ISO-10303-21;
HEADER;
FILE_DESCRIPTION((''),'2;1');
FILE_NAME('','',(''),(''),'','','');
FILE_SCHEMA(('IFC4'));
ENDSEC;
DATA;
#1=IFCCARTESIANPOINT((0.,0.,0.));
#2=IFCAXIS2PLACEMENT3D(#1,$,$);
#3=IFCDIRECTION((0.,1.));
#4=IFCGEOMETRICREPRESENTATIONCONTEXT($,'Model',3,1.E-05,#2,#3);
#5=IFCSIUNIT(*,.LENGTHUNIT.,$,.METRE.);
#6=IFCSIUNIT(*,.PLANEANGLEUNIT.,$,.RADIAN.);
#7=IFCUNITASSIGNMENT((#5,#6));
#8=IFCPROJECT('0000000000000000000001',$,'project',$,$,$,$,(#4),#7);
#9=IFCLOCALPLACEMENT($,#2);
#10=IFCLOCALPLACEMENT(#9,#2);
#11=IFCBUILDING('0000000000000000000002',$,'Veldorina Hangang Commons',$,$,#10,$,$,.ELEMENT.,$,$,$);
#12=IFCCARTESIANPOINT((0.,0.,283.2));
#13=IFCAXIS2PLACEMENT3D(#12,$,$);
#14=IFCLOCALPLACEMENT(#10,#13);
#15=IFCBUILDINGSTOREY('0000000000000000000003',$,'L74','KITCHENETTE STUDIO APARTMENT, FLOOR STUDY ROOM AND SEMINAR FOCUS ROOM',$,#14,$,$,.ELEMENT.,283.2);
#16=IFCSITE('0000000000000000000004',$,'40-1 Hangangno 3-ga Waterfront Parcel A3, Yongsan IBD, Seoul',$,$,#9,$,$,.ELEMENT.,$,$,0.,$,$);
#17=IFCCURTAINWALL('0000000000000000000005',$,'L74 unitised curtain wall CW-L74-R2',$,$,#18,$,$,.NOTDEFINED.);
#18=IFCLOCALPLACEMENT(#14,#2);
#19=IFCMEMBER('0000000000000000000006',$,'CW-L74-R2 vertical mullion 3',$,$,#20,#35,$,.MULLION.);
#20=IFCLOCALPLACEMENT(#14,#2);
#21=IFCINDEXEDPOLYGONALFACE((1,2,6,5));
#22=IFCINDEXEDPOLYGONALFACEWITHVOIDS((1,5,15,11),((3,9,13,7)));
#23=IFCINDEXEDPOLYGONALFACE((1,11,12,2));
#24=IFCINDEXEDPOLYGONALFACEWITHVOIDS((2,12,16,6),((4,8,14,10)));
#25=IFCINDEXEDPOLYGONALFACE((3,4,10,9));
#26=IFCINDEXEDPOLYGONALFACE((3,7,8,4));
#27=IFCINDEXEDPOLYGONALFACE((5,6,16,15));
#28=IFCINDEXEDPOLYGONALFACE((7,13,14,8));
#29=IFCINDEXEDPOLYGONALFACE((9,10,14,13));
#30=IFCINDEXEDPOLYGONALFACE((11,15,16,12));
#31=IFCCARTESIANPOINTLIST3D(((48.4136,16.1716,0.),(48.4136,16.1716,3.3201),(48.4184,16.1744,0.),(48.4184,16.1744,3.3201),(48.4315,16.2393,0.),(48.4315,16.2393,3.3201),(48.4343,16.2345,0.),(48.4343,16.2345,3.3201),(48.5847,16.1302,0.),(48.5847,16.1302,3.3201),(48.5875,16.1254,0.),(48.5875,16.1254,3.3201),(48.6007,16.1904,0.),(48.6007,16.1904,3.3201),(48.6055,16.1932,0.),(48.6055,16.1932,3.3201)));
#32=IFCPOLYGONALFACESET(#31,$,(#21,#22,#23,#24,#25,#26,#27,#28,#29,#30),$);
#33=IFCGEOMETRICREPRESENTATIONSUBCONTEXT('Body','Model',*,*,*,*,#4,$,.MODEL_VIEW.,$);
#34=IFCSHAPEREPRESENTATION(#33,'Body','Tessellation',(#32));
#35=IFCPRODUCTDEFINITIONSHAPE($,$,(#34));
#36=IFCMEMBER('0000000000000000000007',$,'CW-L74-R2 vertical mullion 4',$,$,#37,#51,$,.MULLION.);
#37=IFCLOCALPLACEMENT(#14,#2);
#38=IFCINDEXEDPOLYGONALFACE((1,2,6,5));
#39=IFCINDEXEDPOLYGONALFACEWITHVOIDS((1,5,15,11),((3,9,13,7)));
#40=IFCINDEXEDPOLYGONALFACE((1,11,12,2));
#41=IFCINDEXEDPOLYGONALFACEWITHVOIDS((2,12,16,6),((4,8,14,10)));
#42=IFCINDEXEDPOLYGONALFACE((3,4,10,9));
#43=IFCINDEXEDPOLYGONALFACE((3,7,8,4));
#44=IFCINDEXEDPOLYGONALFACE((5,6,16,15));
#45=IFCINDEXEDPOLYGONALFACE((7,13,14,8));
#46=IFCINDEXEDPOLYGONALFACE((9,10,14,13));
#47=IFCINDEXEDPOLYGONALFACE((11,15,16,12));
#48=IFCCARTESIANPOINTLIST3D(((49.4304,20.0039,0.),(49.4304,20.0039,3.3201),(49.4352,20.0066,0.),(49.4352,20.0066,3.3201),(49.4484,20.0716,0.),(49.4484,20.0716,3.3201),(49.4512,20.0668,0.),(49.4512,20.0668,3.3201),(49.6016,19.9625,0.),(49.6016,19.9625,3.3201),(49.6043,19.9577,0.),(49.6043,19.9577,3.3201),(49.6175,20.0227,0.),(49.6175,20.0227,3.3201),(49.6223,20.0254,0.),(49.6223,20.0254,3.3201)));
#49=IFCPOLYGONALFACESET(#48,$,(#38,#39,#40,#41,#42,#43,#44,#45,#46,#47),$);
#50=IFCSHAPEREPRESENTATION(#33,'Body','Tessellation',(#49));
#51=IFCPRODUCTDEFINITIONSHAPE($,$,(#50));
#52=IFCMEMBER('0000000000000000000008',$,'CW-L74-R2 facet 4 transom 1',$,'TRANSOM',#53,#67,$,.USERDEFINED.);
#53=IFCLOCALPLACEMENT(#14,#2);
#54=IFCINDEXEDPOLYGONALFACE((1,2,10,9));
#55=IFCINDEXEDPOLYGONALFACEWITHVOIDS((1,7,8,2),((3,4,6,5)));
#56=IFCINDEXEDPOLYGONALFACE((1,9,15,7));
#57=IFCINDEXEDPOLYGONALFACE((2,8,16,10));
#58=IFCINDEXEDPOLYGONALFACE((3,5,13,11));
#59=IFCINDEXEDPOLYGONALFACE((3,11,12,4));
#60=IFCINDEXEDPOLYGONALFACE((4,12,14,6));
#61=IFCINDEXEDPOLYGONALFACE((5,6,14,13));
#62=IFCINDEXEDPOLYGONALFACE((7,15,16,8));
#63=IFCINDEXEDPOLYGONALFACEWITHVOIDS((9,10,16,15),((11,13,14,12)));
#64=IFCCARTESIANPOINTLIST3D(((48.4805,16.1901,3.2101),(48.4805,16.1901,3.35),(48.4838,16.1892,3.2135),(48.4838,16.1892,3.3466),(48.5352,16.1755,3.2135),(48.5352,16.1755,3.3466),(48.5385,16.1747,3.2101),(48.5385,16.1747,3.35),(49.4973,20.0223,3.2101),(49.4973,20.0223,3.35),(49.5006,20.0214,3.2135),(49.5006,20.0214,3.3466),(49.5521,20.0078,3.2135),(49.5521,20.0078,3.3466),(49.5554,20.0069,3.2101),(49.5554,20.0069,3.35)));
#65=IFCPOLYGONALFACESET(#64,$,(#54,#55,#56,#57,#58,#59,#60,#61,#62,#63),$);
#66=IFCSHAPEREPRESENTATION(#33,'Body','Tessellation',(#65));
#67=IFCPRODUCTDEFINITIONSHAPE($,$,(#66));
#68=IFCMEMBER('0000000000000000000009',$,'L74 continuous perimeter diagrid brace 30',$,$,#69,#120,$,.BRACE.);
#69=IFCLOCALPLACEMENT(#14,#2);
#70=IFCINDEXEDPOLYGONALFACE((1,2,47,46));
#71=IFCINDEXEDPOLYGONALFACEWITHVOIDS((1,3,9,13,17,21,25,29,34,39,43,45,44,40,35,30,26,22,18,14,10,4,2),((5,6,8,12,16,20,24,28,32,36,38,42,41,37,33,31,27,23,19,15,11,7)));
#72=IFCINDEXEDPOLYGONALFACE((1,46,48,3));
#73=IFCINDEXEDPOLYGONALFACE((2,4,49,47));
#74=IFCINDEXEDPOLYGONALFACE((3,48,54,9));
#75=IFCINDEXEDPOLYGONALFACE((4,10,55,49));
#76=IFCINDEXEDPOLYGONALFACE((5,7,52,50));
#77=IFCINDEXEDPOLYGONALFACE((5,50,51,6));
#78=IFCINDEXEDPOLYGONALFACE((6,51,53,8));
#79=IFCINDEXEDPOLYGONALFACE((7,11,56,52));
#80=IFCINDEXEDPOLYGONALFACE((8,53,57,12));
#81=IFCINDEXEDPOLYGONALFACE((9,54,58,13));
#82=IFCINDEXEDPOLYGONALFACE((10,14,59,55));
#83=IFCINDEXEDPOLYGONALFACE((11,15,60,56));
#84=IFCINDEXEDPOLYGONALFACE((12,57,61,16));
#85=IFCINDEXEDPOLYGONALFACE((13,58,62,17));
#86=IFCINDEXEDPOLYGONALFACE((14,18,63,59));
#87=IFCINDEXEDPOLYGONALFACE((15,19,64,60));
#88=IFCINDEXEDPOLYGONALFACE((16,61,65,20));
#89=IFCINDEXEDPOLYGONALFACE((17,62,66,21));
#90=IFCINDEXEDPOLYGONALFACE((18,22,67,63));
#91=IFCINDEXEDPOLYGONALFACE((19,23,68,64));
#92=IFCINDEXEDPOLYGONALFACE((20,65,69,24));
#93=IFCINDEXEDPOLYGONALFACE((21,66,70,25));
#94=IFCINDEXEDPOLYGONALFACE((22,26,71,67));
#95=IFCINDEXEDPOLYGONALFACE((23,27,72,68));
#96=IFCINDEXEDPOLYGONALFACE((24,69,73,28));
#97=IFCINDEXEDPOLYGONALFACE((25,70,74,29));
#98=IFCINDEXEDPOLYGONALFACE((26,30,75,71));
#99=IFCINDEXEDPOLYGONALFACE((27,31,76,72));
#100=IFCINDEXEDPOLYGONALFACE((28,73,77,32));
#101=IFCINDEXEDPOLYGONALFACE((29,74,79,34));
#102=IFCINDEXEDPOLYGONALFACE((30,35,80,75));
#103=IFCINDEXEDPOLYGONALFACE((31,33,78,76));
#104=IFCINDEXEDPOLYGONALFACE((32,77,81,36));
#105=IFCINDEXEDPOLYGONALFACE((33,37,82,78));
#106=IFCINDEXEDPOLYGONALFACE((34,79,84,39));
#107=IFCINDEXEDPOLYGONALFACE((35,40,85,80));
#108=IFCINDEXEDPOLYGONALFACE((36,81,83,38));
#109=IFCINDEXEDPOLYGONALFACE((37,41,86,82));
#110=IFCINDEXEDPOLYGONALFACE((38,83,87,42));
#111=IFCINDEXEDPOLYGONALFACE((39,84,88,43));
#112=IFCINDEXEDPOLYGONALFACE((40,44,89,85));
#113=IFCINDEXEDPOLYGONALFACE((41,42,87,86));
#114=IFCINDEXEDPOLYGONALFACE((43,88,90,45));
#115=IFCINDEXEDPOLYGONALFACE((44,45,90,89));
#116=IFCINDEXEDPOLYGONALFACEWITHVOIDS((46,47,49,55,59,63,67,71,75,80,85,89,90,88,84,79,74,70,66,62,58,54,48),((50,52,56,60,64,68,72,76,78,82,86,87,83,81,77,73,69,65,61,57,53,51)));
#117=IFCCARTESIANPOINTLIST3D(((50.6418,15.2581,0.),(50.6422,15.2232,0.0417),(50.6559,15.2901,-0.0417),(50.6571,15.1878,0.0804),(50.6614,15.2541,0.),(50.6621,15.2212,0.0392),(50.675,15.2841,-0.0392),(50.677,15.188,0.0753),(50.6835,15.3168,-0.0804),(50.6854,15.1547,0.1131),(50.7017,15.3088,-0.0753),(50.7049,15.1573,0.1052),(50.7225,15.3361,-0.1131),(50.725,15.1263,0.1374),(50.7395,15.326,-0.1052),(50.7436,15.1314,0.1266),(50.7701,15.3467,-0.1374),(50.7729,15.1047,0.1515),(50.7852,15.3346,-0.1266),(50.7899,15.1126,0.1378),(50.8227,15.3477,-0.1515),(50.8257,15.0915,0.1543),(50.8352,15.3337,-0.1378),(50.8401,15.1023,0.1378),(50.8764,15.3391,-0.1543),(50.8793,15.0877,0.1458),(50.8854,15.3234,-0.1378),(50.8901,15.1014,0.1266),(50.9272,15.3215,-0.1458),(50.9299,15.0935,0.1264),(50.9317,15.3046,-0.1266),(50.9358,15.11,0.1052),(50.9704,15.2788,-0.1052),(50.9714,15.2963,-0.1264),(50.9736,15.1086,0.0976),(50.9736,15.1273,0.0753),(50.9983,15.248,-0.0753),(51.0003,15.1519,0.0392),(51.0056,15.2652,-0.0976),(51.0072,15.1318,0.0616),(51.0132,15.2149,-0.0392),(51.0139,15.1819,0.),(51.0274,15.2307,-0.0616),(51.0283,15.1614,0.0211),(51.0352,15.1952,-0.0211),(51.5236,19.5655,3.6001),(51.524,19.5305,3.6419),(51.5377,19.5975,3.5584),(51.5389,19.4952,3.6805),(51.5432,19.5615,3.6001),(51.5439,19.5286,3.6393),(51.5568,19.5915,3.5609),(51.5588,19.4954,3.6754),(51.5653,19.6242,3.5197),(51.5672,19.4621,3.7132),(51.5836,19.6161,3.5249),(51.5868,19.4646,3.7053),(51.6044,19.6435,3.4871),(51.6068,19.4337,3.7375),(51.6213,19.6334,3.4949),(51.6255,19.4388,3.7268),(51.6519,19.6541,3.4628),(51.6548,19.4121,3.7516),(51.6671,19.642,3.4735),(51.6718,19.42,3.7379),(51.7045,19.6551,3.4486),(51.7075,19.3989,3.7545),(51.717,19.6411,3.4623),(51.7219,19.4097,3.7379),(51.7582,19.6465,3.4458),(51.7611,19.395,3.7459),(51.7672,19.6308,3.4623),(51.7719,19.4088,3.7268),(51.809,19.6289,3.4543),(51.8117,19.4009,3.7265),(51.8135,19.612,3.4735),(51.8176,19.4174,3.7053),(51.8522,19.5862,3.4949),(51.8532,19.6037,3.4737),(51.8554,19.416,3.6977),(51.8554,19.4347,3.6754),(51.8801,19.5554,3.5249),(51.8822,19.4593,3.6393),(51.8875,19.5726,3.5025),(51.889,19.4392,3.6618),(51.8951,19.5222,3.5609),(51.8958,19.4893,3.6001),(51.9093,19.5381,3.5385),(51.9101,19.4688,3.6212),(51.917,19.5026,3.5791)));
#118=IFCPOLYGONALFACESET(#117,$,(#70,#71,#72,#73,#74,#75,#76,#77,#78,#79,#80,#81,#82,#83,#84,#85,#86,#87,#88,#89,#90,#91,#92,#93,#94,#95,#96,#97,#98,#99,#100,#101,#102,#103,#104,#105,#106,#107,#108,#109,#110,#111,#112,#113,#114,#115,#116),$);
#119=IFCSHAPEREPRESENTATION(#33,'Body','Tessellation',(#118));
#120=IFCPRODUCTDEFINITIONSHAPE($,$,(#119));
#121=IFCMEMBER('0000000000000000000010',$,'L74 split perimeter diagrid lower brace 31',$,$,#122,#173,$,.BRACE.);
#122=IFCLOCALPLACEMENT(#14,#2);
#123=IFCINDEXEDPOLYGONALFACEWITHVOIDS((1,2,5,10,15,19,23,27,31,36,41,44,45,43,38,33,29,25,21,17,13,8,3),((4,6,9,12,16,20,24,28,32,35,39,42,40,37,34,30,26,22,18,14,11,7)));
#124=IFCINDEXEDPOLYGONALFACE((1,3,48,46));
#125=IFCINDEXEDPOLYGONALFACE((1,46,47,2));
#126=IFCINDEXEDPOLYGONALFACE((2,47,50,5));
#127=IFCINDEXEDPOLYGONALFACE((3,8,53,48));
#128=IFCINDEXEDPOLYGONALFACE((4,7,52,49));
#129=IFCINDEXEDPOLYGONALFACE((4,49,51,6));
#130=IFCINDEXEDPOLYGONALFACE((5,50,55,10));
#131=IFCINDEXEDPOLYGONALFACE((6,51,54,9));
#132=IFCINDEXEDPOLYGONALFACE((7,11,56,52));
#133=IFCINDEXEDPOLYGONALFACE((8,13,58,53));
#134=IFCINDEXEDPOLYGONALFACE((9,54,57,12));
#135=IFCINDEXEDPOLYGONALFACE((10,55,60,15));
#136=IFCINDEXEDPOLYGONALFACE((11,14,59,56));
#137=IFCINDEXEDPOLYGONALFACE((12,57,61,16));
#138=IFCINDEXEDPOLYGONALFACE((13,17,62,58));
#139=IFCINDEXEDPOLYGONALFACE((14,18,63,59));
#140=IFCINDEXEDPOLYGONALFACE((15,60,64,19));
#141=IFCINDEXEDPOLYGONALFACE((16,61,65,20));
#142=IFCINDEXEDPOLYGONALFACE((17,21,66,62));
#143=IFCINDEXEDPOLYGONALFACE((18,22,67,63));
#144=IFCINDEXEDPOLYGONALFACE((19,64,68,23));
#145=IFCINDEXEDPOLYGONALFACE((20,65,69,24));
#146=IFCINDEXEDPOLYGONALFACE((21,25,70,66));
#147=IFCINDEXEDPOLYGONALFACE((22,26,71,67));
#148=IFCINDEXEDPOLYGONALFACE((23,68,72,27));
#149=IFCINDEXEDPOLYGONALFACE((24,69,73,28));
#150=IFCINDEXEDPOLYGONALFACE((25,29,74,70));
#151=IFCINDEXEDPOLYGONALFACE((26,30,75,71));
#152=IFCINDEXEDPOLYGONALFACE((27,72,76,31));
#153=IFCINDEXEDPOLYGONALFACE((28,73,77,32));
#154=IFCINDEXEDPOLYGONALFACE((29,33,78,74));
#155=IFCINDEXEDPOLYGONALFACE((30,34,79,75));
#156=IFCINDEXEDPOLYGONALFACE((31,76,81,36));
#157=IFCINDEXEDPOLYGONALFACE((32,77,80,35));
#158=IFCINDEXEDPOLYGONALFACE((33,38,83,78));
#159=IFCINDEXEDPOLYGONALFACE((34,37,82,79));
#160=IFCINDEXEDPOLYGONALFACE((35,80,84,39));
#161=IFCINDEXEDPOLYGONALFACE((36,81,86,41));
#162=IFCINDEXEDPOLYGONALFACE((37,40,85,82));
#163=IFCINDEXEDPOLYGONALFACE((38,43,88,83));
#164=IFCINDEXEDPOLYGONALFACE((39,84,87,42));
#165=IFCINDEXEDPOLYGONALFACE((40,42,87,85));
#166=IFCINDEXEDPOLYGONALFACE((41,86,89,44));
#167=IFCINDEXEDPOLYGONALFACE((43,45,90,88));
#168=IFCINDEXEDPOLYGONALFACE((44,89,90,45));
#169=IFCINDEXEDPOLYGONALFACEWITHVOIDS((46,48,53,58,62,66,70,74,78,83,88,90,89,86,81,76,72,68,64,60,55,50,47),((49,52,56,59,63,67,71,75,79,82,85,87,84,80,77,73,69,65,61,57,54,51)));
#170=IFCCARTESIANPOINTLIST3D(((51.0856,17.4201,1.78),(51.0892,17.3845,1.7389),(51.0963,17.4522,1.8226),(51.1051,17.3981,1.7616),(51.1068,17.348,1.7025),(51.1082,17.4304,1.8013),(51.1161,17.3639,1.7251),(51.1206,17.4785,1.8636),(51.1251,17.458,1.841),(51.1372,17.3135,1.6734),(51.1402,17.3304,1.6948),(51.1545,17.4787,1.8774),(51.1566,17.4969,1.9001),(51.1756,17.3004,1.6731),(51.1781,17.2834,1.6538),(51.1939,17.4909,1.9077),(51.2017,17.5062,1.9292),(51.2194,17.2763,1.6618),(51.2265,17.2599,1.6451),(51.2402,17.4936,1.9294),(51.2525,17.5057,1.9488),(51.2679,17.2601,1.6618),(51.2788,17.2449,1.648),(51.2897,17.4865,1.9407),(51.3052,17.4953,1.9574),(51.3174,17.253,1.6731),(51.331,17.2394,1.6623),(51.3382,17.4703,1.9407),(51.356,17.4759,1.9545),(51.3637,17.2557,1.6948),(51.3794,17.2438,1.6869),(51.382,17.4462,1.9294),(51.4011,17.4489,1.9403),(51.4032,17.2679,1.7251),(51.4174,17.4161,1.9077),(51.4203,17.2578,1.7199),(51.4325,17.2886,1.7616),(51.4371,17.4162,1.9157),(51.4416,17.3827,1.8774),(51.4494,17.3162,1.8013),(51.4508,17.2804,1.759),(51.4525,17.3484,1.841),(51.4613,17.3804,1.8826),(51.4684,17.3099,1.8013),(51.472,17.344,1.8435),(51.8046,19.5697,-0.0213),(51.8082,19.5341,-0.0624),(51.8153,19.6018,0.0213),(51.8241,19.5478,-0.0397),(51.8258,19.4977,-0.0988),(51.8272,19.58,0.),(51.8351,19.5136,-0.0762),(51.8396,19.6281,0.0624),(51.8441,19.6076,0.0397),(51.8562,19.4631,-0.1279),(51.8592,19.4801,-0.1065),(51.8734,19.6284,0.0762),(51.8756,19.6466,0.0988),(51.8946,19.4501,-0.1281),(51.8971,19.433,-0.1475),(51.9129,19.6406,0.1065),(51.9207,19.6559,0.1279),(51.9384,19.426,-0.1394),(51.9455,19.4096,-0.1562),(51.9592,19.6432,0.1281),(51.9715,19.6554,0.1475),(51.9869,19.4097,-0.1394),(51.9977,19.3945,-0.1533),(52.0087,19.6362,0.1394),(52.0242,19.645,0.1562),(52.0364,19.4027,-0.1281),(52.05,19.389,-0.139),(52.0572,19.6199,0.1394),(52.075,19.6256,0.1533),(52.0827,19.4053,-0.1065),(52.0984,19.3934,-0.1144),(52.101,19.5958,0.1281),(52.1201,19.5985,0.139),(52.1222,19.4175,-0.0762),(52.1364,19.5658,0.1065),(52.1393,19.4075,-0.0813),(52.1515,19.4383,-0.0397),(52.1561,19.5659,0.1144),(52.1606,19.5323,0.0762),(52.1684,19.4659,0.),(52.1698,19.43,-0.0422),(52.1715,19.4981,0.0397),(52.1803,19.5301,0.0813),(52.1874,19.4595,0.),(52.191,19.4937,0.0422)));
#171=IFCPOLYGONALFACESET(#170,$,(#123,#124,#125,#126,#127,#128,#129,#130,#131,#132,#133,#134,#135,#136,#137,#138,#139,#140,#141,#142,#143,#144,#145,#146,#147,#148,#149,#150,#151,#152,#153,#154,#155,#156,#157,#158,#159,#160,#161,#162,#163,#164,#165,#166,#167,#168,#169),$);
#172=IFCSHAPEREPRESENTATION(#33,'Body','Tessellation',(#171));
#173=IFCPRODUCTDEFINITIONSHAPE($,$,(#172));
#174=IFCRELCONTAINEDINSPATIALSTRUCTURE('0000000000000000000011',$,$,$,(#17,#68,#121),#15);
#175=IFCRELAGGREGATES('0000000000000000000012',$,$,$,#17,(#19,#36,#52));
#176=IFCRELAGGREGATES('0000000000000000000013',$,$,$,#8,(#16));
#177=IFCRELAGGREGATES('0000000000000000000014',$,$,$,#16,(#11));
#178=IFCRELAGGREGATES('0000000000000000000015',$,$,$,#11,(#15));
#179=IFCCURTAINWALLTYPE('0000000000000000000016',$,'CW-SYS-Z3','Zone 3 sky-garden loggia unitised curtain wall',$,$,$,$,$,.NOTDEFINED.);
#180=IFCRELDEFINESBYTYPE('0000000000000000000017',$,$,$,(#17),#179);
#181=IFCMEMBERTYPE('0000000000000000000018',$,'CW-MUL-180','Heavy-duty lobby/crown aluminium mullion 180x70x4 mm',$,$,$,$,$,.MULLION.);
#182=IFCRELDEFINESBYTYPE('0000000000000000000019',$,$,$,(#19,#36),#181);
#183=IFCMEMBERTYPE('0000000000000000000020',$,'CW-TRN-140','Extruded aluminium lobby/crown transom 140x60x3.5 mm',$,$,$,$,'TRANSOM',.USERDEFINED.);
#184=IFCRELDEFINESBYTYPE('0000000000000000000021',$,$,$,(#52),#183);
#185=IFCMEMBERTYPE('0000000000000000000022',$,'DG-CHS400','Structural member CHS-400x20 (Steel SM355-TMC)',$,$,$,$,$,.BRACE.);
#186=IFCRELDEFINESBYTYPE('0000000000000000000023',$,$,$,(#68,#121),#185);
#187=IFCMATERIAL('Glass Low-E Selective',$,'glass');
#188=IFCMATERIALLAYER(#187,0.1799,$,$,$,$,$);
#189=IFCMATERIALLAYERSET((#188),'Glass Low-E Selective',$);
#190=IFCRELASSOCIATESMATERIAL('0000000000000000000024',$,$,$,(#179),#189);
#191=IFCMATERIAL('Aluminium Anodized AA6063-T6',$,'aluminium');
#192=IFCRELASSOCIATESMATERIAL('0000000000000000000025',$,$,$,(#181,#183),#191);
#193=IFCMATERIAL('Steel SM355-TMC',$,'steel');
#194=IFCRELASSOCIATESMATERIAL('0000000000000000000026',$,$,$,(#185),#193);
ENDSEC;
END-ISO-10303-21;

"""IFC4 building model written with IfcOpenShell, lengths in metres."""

from ifc_helpers import new_model, si_unit, direction, frame, origin, origin_2d, place, context, subcontext, project, spatial, hollow_rectangle, hollow_circle, extrude, material, layer, layer_set, material_profile, profile_set, type_object, element, aggregate, save


model = new_model("IFC4")

# Units and contexts
model_context = context("Model", 3, precision=1e-05, world=origin(), true_north=direction((0.0, 1.0)))
body_context = subcontext(model_context, "Body", "Model", "MODEL_VIEW")
ifc_project = project(units=[si_unit("LENGTHUNIT", "METRE"), si_unit("PLANEANGLEUNIT", "RADIAN")], contexts=[model_context])

# Site, building, storey
site_placement = place(None, origin())
site = spatial("IfcSite", under=ifc_project, at=site_placement, Name="40-1 Hangangno 3-ga Waterfront Parcel A3, Yongsan IBD, Seoul", CompositionType="ELEMENT", RefElevation=0.0)
building_placement = place(site_placement, origin())
building = spatial("IfcBuilding", under=site, at=building_placement, Name="Veldorina Hangang Commons", CompositionType="ELEMENT")
storey_placement = place(building_placement, frame((0.0, 0.0, 283.2)))
storey = spatial("IfcBuildingStorey", under=building, at=storey_placement, Name="L74", Description="KITCHENETTE STUDIO APARTMENT, FLOOR STUDY ROOM AND SEMINAR FOCUS ROOM", CompositionType="ELEMENT", Elevation=283.2)

# Shared definitions
ifc_material_1 = material(Name="Steel SM355-TMC", Category="steel")

# Curtain wall, members
ifc_material_2 = material(Name="Glass Low-E Selective", Category="glass")
ifc_layer_1 = layer(ifc_material_2, 0.1799)
ifc_layer_set_1 = layer_set([ifc_layer_1], Name="Glass Low-E Selective")
curtain_wall_type = type_object("IfcCurtainWallType", Name="CW-SYS-Z3", Description="Zone 3 sky-garden loggia unitised curtain wall", PredefinedType="NOTDEFINED", material=ifc_layer_set_1)
curtain_wall_placement = place(storey_placement, origin())
curtain_wall = element("IfcCurtainWall", 1, at=curtain_wall_placement, inside=storey, type_object=curtain_wall_type, Name="L74 unitised curtain wall CW-L74-R2", PredefinedType="NOTDEFINED")
ifc_material_3 = material(Name="Aluminium Anodized AA6063-T6", Category="aluminium")
ifc_material_profile_1 = material_profile(ifc_material_3, hollow_rectangle(XDim=0.0701, YDim=0.1799, WallThickness=0.0039, at=origin_2d()), Name="ALU-RHS-180x70x4")
ifc_profile_set_1 = profile_set([ifc_material_profile_1], Name="Aluminium Anodized AA6063-T6")
member_type_1 = type_object("IfcMemberType", Name="CW-MUL-180", Description="Heavy-duty lobby/crown aluminium mullion 180x70x4 mm", PredefinedType="MULLION", material=ifc_profile_set_1)
member_1_placement = place(storey_placement, frame((48.5095, 16.1824, 0.0), z_axis=(0.0, 0.0, 1.0), x_axis=(0.256458, 0.966555, 0.0)))
member_1 = element("IfcMember", 2, at=member_1_placement, type_object=member_type_1, Name="CW-L74-R2 vertical mullion 3", PredefinedType="MULLION", context=body_context, shape_type="SweptSolid", body=[
    extrude(hollow_rectangle(XDim=0.0701, YDim=0.1799, WallThickness=0.0039, at=origin_2d()), origin(), (0.0, 0.0, 1.0), 3.3201),
])
member_2_placement = place(storey_placement, frame((49.5264, 20.0146, 0.0), z_axis=(0.0, 0.0, 1.0), x_axis=(-0.256458, -0.966555, 0.0)))
member_2 = element("IfcMember", 3, at=member_2_placement, type_object=member_type_1, Name="CW-L74-R2 vertical mullion 4", PredefinedType="MULLION", context=body_context, shape_type="SweptSolid", body=[
    extrude(hollow_rectangle(XDim=0.0701, YDim=0.1799, WallThickness=0.0039, at=origin_2d()), origin(), (0.0, 0.0, 1.0), 3.3201),
])
ifc_material_profile_2 = material_profile(ifc_material_3, hollow_rectangle(XDim=0.0601, YDim=0.1399, WallThickness=0.0034, at=origin_2d()), Name="ALU-RHS-140x60x3.5")
ifc_profile_set_2 = profile_set([ifc_material_profile_2], Name="Aluminium Anodized AA6063-T6")
member_type_2 = type_object("IfcMemberType", Name="CW-TRN-140", Description="Extruded aluminium lobby/crown transom 140x60x3.5 mm", ElementType="TRANSOM", PredefinedType="USERDEFINED", material=ifc_profile_set_2)
member_3_placement = place(storey_placement, frame((48.5095, 16.1824, 3.28), z_axis=(0.256463, 0.966554, 0.0), x_axis=(-0.966554, 0.256463, 0.0)))
member_3 = element("IfcMember", 4, at=member_3_placement, type_object=member_type_2, Name="CW-L74-R2 facet 4 transom 1", ObjectType="TRANSOM", PredefinedType="USERDEFINED", context=body_context, shape_type="SweptSolid", body=[
    extrude(hollow_rectangle(XDim=0.0601, YDim=0.1399, WallThickness=0.0034, at=origin_2d()), origin(), (0.0, 0.0, 1.0), 3.9648),
])

# Members
ifc_material_profile_3 = material_profile(ifc_material_1, hollow_circle(Radius=0.2, WallThickness=0.02, at=origin_2d()), Name="CHS-400x20")
ifc_profile_set_3 = profile_set([ifc_material_profile_3], Name="Steel SM355-TMC")
member_type_3 = type_object("IfcMemberType", Name="DG-CHS400", Description="Structural member CHS-400x20 (Steel SM355-TMC)", PredefinedType="BRACE", material=ifc_profile_set_3)
member_4_placement = place(storey_placement, frame((50.8376, 15.218, 0.0), z_axis=(0.155182, 0.757995, 0.633531), x_axis=(-0.97968, 0.200567, 0.0)))
element("IfcMember", 5, at=member_4_placement, inside=storey, type_object=member_type_3, Name="L74 continuous perimeter diagrid brace 30", PredefinedType="BRACE", context=body_context, shape_type="SweptSolid", body=[
    extrude(hollow_circle(Radius=0.2, WallThickness=0.02, at=origin_2d()), origin(), (0.0, 0.0, 1.0), 5.6826),
])
member_5_placement = place(storey_placement, frame((51.9978, 19.5229, 0.0), z_axis=(-0.248335, -0.742474, 0.622143), x_axis=(0.94836, -0.317197, 0.0)))
element("IfcMember", 6, at=member_5_placement, inside=storey, type_object=member_type_3, Name="L74 split perimeter diagrid lower brace 31", PredefinedType="BRACE", context=body_context, shape_type="SweptSolid", body=[
    extrude(hollow_circle(Radius=0.2, WallThickness=0.02, at=origin_2d()), origin(), (0.0, 0.0, 1.0), 2.8953),
])

aggregate(curtain_wall, [member_1, member_2, member_3])

save(model, "model.ifc")
